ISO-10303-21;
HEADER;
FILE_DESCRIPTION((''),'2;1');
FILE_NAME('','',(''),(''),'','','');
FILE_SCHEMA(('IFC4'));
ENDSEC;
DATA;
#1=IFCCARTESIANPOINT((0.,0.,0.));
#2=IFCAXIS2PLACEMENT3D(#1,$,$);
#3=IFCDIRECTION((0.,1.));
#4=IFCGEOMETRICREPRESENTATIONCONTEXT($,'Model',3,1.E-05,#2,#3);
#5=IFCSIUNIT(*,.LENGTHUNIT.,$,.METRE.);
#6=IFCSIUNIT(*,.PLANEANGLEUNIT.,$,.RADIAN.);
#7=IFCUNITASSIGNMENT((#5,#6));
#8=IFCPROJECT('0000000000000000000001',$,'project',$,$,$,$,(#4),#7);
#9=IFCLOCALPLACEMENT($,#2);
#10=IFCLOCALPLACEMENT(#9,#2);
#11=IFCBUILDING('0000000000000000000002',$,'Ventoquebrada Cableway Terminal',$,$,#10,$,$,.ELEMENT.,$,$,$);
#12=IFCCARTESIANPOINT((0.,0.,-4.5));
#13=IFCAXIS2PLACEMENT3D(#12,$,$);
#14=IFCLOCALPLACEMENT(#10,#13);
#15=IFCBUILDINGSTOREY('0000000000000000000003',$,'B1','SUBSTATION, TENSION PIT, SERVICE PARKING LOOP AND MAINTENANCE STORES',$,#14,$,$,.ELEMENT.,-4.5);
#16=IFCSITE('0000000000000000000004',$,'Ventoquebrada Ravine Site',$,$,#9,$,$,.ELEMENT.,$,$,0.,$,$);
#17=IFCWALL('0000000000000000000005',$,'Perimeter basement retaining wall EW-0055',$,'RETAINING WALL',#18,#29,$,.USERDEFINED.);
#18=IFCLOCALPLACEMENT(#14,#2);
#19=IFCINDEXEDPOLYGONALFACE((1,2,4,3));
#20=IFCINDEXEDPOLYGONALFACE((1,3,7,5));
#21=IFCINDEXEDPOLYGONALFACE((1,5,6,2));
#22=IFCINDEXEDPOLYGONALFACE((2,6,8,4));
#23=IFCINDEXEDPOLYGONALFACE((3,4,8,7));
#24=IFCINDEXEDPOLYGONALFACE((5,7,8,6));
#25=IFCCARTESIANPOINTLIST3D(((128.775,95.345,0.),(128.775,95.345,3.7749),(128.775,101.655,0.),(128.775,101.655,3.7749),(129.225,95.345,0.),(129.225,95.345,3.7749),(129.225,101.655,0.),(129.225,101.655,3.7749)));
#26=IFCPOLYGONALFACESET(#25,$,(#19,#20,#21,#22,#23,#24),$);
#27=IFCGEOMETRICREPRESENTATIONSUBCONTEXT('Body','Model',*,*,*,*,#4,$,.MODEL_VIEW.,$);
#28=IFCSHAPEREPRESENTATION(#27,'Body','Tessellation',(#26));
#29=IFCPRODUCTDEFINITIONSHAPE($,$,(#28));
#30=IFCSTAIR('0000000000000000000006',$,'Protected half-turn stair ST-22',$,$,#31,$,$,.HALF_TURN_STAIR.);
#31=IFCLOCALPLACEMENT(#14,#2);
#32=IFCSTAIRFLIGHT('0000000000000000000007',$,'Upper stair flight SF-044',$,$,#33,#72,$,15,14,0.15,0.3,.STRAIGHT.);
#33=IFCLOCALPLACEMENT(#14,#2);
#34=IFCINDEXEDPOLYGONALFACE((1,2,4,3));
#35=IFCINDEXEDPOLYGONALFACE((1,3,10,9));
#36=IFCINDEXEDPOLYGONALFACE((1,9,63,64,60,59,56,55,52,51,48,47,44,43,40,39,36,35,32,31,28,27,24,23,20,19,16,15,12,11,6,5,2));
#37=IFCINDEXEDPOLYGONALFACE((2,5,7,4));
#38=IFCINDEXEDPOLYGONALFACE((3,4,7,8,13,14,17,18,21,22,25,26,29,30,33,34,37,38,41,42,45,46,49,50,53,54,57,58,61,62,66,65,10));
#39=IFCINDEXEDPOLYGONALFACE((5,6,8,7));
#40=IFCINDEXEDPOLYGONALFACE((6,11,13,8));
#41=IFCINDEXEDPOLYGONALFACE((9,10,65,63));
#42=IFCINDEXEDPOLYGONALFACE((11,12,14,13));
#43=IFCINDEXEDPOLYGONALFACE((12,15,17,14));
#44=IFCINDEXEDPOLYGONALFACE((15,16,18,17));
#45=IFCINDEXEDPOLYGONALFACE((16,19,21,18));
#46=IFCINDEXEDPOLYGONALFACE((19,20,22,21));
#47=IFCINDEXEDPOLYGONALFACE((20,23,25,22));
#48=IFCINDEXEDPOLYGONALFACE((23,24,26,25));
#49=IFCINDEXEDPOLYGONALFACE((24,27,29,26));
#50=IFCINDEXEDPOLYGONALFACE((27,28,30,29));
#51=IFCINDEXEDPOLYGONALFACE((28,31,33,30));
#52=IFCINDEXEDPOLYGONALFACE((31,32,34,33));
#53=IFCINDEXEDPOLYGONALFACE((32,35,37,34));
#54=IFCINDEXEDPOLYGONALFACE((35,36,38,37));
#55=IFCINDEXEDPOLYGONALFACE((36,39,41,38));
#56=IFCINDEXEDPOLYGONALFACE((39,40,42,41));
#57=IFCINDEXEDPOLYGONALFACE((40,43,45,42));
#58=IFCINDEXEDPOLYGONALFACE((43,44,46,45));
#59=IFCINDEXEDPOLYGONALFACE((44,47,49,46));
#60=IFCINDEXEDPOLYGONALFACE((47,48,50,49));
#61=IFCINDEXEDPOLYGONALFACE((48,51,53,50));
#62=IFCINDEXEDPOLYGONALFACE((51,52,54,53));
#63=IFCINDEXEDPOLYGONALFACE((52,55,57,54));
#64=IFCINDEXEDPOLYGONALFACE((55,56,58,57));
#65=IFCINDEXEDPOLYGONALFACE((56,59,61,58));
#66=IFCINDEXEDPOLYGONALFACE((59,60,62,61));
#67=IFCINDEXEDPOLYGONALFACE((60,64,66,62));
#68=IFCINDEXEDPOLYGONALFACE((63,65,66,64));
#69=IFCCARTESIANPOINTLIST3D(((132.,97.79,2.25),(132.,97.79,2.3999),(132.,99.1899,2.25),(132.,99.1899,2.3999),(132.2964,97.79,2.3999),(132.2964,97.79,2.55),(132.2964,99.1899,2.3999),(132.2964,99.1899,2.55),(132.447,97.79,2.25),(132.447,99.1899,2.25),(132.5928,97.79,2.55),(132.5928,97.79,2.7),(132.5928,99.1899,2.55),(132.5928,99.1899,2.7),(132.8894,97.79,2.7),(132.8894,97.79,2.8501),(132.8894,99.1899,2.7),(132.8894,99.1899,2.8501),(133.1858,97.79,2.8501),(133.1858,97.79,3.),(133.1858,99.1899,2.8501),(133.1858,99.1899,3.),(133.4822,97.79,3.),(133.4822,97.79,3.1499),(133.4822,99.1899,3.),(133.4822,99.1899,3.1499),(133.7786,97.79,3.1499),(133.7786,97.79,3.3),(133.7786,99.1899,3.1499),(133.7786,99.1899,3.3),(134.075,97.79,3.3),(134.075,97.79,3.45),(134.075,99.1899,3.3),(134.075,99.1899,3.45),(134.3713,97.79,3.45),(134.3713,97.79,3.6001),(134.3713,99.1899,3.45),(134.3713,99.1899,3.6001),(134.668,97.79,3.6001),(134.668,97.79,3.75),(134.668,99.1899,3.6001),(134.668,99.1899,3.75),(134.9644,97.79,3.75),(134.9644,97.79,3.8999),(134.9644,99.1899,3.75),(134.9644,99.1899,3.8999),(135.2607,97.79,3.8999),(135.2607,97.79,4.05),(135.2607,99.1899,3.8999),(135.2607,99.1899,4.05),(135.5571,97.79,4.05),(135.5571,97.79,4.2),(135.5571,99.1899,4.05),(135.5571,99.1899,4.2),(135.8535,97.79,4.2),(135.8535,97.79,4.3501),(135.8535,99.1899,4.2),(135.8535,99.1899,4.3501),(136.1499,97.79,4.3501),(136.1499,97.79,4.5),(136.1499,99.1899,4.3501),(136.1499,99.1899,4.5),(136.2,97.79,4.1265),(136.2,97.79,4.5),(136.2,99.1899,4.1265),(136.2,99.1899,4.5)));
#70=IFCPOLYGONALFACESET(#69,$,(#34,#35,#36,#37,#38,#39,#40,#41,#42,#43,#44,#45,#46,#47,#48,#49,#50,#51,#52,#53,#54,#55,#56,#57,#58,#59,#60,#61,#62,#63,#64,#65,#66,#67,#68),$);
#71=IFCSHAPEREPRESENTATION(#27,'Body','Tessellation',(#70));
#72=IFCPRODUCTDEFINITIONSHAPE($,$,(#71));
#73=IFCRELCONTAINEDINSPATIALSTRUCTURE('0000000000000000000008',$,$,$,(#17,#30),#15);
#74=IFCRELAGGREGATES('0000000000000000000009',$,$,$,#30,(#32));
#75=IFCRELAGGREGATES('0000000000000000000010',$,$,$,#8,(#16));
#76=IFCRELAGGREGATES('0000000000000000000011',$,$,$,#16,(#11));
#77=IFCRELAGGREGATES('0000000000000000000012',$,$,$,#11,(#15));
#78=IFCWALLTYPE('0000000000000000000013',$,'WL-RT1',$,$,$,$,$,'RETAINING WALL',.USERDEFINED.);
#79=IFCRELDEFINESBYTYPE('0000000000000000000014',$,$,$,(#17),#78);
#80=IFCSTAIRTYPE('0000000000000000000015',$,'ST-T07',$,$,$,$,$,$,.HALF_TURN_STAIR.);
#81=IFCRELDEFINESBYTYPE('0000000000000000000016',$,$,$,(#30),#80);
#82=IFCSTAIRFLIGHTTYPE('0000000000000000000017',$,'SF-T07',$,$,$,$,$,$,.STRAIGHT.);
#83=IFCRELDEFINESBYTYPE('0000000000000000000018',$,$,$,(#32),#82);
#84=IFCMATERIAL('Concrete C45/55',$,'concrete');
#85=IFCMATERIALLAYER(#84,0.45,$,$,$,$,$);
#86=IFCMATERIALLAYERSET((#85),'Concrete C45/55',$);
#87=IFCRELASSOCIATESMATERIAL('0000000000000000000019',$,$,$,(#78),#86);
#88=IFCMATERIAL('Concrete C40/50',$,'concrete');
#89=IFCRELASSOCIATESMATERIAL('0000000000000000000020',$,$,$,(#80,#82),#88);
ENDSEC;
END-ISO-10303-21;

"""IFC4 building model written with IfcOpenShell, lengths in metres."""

from ifc_helpers import new_model, si_unit, direction, frame, frame_2d, origin, place, context, subcontext, project, spatial, polyline, rectangle, outline, extrude, material, layer, layer_set, type_object, element, aggregate, save


model = new_model("IFC4")

# Units and contexts
model_context = context("Model", 3, precision=1e-05, world=origin(), true_north=direction((0.0, 1.0)))
body_context = subcontext(model_context, "Body", "Model", "MODEL_VIEW")
ifc_project = project(units=[si_unit("LENGTHUNIT", "METRE"), si_unit("PLANEANGLEUNIT", "RADIAN")], contexts=[model_context])

# Site, building, storey
site_placement = place(None, origin())
site = spatial("IfcSite", under=ifc_project, at=site_placement, Name="Ventoquebrada Ravine Site", CompositionType="ELEMENT", RefElevation=0.0)
building_placement = place(site_placement, origin())
building = spatial("IfcBuilding", under=site, at=building_placement, Name="Ventoquebrada Cableway Terminal", CompositionType="ELEMENT")
storey_placement = place(building_placement, frame((0.0, 0.0, -4.5)))
storey = spatial("IfcBuildingStorey", under=building, at=storey_placement, Name="B1", Description="SUBSTATION, TENSION PIT, SERVICE PARKING LOOP AND MAINTENANCE STORES", CompositionType="ELEMENT", Elevation=-4.5)

# Shared definitions
ifc_material_1 = material(Name="Concrete C40/50", Category="concrete")

# Wall
ifc_material_2 = material(Name="Concrete C45/55", Category="concrete")
ifc_layer_1 = layer(ifc_material_2, 0.45)
ifc_layer_set_1 = layer_set([ifc_layer_1], Name="Concrete C45/55")
wall_type_1 = type_object("IfcWallType", Name="WL-RT1", ElementType="RETAINING WALL", PredefinedType="USERDEFINED", material=ifc_layer_set_1)
wall_1_placement = place(storey_placement, frame((129.0, 101.655, 0.0), z_axis=(0.0, 0.0, 1.0), x_axis=(0.0, -1.0, 0.0)))
element("IfcWall", 1, at=wall_1_placement, inside=storey, type_object=wall_type_1, Name="Perimeter basement retaining wall EW-0055", ObjectType="RETAINING WALL", PredefinedType="USERDEFINED", context=body_context, shape_type="SweptSolid", body=[
    extrude(rectangle(XDim=6.3101, YDim=0.45, at=frame_2d((3.155, 0.0))), origin(), (0.0, 0.0, 1.0), 3.7749),
])

# Stair, stair flight
stair_type = type_object("IfcStairType", Name="ST-T07", PredefinedType="HALF_TURN_STAIR", material=ifc_material_1)
stair_placement = place(storey_placement, origin())
stair = element("IfcStair", 2, at=stair_placement, inside=storey, type_object=stair_type, Name="Protected half-turn stair ST-22", PredefinedType="HALF_TURN_STAIR")
stair_flight_type = type_object("IfcStairFlightType", Name="SF-T07", PredefinedType="STRAIGHT", material=ifc_material_1)
stair_flight_placement = place(storey_placement, frame((132.0, 98.49, 2.25), z_axis=(0.0, 0.0, 1.0), x_axis=(1.0, 0.0, 0.0)))
stair_flight = element("IfcStairFlight", 3, at=stair_flight_placement, type_object=stair_flight_type, Name="Upper stair flight SF-044", NumberOfRisers=15, NumberOfTreads=14, PredefinedType="STRAIGHT", RiserHeight=0.15, TreadLength=0.3, context=body_context, shape_type="SweptSolid", body=[
    extrude(outline(polyline([(0.0, 0.0), (0.0, 0.1499), (0.2964, 0.1499), (0.2964, 0.3), (0.5928, 0.3), (0.5928, 0.45), (0.8894, 0.45), (0.8894, 0.6001), (1.1858, 0.6001), (1.1858, 0.75), (1.4822, 0.75), (1.4822, 0.8999), (1.7786, 0.8999), (1.7786, 1.05), (2.075, 1.05), (2.075, 1.2), (2.3713, 1.2), (2.3713, 1.3501), (2.668, 1.3501), (2.668, 1.5), (2.9644, 1.5), (2.9644, 1.6499), (3.2607, 1.6499), (3.2607, 1.8), (3.5571, 1.8), (3.5571, 1.95), (3.8535, 1.95), (3.8535, 2.1001), (4.1499, 2.1001), (4.1499, 2.25), (4.2, 2.25), (4.2, 1.8765), (0.447, 0.0), (0.0, 0.0)])), frame((0.0, 0.7, 0.0), z_axis=(0.0, -1.0, 0.0), x_axis=(1.0, 0.0, 0.0)), (0.0, 0.0, 1.0), 1.3999),
])
aggregate(stair, [stair_flight])

save(model, "model.ifc")
